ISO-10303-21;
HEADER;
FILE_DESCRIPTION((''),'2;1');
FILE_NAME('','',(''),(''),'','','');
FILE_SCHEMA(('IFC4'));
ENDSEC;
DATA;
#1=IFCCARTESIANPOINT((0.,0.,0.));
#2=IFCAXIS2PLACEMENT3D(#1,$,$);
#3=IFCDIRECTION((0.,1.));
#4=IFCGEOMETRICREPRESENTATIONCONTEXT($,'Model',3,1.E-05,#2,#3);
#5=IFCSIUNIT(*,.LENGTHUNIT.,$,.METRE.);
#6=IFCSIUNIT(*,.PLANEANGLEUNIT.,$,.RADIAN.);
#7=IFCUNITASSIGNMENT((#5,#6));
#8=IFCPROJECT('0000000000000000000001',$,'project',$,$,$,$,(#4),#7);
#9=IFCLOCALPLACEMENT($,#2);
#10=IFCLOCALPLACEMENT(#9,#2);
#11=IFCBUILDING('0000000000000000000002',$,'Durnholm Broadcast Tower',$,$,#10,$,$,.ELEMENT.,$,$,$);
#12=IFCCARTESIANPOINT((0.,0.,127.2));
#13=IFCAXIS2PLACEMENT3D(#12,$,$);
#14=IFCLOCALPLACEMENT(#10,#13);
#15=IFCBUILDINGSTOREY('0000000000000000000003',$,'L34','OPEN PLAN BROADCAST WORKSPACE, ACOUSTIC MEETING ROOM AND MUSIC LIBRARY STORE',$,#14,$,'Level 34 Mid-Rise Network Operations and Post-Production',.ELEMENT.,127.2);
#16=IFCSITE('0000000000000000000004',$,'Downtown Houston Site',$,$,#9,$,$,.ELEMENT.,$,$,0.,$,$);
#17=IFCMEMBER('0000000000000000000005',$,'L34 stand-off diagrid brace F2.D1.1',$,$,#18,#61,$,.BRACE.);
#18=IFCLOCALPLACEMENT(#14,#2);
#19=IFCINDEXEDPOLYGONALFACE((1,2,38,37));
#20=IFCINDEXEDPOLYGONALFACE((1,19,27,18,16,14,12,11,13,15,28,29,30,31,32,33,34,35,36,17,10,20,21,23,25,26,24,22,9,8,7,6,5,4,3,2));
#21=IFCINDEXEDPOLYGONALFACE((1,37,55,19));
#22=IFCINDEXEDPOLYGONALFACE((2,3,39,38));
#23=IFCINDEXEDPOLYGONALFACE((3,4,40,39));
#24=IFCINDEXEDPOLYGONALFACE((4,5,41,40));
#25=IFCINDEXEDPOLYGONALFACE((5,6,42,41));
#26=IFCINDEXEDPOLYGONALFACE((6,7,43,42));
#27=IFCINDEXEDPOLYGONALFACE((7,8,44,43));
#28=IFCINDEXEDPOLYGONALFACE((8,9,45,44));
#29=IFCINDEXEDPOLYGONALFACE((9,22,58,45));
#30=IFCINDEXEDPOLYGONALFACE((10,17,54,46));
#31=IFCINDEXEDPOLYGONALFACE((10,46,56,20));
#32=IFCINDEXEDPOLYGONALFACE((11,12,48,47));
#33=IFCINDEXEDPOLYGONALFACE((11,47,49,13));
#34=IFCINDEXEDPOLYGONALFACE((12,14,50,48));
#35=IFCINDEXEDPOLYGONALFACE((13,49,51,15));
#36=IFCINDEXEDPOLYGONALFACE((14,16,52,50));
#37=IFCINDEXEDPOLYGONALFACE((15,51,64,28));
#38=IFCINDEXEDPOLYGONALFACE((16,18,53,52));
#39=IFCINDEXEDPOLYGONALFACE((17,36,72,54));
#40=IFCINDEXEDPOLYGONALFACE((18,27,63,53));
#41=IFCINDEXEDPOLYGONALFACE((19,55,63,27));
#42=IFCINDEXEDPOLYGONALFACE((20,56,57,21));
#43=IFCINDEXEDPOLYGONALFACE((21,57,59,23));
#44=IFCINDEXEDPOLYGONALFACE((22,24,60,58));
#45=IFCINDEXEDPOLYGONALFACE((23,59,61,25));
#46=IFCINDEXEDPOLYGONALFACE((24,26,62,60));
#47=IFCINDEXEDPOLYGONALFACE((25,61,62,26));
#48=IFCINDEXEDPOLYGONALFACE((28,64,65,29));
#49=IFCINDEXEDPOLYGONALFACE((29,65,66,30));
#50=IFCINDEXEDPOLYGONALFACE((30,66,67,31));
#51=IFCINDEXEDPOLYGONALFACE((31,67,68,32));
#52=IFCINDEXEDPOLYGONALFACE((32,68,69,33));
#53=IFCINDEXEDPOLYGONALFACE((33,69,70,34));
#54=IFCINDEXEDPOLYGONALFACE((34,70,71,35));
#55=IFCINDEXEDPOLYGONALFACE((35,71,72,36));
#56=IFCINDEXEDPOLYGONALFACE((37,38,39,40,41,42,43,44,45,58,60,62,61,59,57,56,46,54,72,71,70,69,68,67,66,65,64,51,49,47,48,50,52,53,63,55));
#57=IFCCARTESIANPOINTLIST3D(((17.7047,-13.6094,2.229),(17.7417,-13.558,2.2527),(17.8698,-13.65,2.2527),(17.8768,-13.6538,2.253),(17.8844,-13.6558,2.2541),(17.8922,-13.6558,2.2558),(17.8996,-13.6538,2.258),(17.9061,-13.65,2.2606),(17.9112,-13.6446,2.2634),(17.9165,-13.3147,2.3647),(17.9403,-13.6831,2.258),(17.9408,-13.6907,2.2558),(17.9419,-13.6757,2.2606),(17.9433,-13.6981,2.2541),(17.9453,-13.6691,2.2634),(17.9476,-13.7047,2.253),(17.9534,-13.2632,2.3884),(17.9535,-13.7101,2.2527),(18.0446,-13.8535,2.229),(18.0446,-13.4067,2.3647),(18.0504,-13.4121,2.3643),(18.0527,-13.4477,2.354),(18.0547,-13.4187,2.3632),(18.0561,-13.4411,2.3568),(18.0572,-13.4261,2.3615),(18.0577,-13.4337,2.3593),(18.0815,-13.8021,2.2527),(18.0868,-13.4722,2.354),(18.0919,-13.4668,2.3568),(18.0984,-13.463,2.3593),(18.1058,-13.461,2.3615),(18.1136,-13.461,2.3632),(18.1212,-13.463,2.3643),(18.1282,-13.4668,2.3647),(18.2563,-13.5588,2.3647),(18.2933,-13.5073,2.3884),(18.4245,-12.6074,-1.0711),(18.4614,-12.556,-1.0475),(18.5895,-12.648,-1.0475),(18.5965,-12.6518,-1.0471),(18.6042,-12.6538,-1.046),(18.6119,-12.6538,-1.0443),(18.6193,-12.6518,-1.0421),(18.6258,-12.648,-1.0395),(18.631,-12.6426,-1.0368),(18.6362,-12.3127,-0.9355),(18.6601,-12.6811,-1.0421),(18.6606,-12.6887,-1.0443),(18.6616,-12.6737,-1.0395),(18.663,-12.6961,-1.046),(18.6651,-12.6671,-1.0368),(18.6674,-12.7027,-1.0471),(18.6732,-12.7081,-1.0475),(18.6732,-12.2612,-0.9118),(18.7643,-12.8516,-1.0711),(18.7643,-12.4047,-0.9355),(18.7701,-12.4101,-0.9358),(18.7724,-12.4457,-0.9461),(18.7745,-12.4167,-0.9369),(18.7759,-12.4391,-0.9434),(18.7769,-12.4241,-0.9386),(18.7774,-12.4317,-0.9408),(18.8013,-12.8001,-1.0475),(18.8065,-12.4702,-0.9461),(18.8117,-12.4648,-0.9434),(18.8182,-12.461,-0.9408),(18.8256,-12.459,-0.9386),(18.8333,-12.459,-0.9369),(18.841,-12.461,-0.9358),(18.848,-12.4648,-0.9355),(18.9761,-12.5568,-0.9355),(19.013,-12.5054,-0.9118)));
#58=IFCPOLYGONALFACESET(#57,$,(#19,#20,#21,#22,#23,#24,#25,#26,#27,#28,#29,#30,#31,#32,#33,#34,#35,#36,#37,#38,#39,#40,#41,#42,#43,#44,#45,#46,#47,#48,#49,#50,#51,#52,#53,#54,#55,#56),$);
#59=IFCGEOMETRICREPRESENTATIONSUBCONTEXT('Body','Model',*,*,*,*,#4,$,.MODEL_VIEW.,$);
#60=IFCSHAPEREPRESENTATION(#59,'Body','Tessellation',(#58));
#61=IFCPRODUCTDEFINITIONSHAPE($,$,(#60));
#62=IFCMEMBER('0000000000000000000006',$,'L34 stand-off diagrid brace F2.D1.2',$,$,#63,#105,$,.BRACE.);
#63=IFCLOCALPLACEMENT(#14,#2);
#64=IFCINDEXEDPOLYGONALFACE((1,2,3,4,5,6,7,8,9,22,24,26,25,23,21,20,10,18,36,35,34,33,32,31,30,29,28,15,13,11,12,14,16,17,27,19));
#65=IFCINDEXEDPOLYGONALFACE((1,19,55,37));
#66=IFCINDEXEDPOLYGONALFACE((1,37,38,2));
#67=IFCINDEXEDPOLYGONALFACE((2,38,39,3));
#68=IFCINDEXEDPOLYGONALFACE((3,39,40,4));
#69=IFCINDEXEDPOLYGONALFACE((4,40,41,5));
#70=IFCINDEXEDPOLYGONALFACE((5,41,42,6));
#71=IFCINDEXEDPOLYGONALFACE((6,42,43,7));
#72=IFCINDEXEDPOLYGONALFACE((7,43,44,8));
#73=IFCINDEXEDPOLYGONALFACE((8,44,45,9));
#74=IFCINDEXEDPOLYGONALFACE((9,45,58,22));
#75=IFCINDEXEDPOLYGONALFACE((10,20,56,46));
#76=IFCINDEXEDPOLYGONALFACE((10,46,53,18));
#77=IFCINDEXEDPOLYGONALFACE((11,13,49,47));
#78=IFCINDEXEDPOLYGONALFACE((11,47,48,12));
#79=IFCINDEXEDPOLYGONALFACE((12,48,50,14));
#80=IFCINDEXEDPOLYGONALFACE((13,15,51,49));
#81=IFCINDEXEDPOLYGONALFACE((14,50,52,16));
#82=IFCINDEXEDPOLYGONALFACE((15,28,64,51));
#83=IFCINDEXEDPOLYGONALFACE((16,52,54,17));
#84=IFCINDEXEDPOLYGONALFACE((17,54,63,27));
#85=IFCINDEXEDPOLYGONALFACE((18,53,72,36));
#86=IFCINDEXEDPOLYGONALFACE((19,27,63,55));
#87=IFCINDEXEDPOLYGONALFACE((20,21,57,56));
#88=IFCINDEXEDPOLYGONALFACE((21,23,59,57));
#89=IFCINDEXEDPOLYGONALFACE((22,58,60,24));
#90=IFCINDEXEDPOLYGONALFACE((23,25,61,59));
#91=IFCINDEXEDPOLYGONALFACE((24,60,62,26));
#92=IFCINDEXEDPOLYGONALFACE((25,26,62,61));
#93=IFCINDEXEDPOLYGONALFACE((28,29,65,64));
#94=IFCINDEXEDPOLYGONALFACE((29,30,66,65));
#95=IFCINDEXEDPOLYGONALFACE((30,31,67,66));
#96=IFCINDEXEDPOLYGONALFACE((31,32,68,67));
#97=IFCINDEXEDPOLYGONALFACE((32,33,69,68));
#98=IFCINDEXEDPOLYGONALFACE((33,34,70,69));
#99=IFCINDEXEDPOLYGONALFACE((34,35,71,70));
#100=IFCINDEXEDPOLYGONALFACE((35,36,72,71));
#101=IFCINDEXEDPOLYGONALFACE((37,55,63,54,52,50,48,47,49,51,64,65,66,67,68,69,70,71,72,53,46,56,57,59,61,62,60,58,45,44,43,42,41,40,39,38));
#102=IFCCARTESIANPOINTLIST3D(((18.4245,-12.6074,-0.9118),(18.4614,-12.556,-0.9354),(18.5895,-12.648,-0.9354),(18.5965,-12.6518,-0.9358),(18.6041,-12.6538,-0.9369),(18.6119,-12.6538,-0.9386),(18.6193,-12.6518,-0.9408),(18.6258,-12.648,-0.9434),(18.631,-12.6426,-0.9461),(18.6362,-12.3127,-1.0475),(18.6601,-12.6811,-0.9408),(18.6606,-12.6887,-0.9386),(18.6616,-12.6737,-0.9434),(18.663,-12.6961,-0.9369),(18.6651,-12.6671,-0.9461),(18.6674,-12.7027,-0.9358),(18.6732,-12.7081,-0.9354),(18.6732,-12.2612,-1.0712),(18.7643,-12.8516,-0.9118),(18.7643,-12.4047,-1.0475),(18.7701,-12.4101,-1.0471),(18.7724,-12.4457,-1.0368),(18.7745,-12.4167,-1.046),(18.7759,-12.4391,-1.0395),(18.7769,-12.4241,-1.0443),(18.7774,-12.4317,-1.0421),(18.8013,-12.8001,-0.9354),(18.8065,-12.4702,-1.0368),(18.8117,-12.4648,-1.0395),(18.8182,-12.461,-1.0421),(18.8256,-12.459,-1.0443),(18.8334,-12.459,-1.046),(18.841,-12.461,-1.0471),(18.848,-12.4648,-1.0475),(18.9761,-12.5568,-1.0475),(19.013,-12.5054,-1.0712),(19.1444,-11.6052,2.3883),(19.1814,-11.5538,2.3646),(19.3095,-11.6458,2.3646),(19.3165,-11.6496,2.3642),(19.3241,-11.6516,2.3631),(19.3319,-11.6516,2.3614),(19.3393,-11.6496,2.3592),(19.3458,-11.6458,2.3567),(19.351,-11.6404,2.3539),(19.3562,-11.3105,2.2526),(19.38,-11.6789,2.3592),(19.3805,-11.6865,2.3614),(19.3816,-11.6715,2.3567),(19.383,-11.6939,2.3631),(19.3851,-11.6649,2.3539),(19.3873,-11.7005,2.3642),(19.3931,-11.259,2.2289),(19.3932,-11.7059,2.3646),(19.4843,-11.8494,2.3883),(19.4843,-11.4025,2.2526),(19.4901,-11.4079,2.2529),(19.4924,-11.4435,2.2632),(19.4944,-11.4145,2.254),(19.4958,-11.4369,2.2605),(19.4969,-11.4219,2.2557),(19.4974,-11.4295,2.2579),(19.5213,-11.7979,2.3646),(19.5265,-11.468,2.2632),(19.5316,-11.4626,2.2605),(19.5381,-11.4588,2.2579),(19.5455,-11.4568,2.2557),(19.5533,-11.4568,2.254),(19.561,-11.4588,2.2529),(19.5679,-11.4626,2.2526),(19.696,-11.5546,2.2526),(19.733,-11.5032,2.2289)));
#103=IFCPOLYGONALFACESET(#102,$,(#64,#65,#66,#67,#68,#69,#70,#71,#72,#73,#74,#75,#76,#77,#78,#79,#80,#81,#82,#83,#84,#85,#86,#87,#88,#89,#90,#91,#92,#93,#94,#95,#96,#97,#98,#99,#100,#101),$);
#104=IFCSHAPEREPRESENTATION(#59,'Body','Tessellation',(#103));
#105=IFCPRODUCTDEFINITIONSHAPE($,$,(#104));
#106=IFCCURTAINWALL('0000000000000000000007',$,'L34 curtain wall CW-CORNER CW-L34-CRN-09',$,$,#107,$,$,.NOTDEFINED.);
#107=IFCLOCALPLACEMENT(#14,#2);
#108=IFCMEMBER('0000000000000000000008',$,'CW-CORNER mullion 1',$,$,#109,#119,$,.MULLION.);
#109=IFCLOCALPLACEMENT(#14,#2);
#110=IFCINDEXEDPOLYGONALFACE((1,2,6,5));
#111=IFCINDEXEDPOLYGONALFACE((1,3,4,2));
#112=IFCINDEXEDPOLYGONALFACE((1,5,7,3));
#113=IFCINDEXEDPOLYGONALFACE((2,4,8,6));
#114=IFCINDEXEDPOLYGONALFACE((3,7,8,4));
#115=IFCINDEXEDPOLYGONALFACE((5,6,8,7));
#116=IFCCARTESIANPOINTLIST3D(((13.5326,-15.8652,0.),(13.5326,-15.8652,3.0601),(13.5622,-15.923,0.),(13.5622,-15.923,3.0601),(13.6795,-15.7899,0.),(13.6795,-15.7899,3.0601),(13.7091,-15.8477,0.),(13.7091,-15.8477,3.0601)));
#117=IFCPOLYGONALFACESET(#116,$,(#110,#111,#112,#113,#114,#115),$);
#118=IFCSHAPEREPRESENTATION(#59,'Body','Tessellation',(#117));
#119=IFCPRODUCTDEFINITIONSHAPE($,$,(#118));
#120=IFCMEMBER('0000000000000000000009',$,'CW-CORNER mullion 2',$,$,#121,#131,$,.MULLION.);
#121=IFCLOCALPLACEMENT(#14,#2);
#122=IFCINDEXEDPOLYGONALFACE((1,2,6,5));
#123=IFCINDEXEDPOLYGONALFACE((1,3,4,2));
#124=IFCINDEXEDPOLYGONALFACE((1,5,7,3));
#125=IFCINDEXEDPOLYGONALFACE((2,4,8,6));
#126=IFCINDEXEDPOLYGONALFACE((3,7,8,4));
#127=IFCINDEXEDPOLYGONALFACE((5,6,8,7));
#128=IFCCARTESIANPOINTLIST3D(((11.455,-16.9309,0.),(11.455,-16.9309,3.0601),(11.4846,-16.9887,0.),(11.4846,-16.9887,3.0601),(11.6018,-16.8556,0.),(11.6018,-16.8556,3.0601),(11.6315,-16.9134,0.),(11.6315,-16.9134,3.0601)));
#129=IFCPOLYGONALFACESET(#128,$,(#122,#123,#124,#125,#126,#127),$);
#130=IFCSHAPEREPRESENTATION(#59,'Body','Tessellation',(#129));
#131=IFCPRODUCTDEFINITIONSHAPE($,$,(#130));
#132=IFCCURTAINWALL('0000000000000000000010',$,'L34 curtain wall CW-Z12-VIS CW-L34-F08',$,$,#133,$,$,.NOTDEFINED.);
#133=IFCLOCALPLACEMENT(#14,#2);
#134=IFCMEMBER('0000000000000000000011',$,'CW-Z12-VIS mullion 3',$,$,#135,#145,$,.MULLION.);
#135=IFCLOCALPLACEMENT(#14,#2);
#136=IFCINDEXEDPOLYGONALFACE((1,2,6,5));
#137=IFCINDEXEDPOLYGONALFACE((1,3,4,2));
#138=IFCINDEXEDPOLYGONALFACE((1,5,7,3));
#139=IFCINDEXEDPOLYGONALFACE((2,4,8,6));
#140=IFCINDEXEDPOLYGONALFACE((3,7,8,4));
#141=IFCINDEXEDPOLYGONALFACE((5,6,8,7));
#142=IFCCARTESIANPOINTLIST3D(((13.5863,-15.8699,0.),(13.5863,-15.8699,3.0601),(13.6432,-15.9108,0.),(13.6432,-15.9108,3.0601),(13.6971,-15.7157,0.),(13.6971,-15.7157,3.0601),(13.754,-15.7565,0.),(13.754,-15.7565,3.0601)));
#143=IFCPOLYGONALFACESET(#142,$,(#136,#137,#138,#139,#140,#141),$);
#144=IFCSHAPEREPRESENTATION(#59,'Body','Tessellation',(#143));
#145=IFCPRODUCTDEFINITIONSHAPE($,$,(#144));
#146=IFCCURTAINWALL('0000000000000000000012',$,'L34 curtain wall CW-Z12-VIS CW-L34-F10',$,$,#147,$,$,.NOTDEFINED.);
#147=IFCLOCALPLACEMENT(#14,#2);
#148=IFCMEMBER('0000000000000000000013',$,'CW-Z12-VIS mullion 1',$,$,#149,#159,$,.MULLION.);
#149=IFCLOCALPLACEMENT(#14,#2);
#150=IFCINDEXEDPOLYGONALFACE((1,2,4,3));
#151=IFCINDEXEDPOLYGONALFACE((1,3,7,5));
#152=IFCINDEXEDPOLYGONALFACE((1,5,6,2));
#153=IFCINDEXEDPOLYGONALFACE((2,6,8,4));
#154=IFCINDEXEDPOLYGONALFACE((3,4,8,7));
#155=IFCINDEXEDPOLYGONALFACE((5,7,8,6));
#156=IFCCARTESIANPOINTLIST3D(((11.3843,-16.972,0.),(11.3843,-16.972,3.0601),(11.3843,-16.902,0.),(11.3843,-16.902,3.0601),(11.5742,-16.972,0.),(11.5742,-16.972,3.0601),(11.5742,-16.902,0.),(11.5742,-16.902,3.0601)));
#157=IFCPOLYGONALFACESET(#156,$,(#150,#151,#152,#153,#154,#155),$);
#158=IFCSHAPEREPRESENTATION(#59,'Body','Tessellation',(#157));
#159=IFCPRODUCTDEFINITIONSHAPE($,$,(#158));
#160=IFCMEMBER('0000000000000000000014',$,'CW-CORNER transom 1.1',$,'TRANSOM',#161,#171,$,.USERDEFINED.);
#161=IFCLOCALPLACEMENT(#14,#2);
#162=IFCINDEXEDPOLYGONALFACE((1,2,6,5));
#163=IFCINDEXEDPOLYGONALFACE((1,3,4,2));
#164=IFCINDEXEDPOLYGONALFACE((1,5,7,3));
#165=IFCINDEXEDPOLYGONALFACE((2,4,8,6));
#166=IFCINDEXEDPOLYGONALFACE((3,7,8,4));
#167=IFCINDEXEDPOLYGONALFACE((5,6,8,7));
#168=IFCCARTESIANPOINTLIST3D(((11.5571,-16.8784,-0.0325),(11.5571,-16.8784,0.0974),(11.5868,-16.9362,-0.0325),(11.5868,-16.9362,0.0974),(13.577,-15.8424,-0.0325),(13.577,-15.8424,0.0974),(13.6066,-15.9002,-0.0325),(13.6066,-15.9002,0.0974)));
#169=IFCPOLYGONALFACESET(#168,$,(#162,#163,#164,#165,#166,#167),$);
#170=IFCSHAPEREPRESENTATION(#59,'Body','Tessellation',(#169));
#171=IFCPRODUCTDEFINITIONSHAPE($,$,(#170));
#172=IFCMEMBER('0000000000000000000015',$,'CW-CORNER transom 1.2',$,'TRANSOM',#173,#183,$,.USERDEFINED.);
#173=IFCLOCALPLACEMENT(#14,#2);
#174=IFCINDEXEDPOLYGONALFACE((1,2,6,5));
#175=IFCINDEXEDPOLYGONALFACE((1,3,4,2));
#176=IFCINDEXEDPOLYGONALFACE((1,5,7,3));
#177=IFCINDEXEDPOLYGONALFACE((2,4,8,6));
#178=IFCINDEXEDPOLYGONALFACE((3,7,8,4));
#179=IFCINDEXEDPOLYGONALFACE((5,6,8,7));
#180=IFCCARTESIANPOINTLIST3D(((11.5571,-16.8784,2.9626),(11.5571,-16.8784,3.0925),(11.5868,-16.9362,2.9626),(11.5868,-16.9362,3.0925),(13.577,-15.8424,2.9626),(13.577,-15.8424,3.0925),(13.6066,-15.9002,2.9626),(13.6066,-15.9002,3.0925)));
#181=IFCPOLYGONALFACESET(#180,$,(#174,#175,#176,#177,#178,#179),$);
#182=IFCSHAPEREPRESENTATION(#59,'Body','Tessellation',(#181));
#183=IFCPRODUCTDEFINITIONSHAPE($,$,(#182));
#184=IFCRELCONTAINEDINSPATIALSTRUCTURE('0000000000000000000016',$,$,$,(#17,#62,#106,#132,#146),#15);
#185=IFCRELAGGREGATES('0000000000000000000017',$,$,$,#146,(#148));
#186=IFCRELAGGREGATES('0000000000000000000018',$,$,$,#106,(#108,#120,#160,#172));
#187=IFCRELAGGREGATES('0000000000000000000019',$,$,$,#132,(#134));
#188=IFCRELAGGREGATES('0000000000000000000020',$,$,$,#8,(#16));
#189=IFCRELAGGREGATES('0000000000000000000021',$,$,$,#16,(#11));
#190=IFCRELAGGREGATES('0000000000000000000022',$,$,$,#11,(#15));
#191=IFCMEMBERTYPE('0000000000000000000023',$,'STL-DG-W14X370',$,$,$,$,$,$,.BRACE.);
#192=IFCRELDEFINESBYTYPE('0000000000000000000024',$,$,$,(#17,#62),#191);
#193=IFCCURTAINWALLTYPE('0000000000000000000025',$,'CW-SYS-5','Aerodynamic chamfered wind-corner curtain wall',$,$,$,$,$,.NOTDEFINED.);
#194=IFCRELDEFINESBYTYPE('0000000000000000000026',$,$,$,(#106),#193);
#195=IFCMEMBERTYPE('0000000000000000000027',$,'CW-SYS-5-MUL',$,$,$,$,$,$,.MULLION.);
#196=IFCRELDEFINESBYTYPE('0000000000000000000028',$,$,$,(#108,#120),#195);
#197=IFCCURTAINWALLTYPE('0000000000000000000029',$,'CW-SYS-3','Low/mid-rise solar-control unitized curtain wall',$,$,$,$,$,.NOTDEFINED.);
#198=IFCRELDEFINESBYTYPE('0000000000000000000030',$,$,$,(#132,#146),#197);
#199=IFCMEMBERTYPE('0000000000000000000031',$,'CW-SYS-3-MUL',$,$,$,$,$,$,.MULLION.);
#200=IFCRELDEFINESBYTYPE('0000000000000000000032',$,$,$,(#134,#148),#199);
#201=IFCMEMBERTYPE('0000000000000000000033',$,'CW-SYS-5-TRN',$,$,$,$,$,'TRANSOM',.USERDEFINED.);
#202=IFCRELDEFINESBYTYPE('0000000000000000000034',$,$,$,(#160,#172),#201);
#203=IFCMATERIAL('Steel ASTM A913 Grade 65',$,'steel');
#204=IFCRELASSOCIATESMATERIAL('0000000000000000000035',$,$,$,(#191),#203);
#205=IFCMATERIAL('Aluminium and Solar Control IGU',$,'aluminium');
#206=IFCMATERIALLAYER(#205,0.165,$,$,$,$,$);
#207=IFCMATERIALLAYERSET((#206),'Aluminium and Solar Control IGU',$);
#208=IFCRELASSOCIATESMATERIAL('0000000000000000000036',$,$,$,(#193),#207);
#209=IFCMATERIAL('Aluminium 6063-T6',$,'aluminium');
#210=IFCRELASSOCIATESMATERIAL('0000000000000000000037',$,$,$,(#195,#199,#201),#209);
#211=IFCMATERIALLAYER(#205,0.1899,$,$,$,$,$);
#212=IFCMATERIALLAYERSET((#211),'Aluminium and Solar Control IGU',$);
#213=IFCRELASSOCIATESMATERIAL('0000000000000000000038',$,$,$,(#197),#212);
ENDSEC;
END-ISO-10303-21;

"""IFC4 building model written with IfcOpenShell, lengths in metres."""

from ifc_helpers import new_model, si_unit, direction, frame, origin, origin_2d, place, context, subcontext, project, spatial, rectangle, i_section, extrude, source, transform, mapped, material, layer, layer_set, material_profile, profile_set, type_object, type_shapes, element, aggregate, save


model = new_model("IFC4")

# Units and contexts
model_context = context("Model", 3, precision=1e-05, world=origin(), true_north=direction((0.0, 1.0)))
body_context = subcontext(model_context, "Body", "Model", "MODEL_VIEW")
ifc_project = project(units=[si_unit("LENGTHUNIT", "METRE"), si_unit("PLANEANGLEUNIT", "RADIAN")], contexts=[model_context])

# Site, building, storey
site_placement = place(None, origin())
site = spatial("IfcSite", under=ifc_project, at=site_placement, Name="Downtown Houston Site", CompositionType="ELEMENT", RefElevation=0.0)
building_placement = place(site_placement, origin())
building = spatial("IfcBuilding", under=site, at=building_placement, Name="Durnholm Broadcast Tower", CompositionType="ELEMENT")
storey_placement = place(building_placement, frame((0.0, 0.0, 127.2)))
storey = spatial("IfcBuildingStorey", under=building, at=storey_placement, Name="L34", Description="OPEN PLAN BROADCAST WORKSPACE, ACOUSTIC MEETING ROOM AND MUSIC LIBRARY STORE", LongName="Level 34 Mid-Rise Network Operations and Post-Production", CompositionType="ELEMENT", Elevation=127.2)

# Members
ifc_material_1 = material(Name="Steel ASTM A913 Grade 65", Category="steel")
ifc_material_profile_1 = material_profile(ifc_material_1, i_section(OverallWidth=0.4185, OverallDepth=0.4551, WebThickness=0.042, FlangeThickness=0.0676, FilletRadius=0.0305, at=origin_2d()), Name="W14X370")
ifc_profile_set_1 = profile_set([ifc_material_profile_1], Name="Steel ASTM A913 Grade 65")
member_type_1 = type_object("IfcMemberType", Name="STL-DG-W14X370", PredefinedType="BRACE", material=ifc_profile_set_1)
shared_shape_1 = source(origin(), body_context, "Body", "SweptSolid", [
    extrude(i_section(OverallWidth=0.4185, OverallDepth=0.4551, WebThickness=0.042, FlangeThickness=0.0676, FilletRadius=0.0305, at=origin_2d()), origin(), (0.0, 0.0, 1.0), 3.5232),
])
type_shapes(member_type_1, [shared_shape_1])
for number, where, z_axis, x_axis, name in (
    (1, (18.7188, -12.5564, -0.9915), (-0.204288, -0.284395, 0.936689), (0.812179, -0.583408, 0.0), "L34 stand-off diagrid brace F2.D1.1"),
    (2, (18.7188, -12.5564, -0.9915), (0.20435, 0.284455, 0.936657), (-0.812153, 0.583444, 0.0), "L34 stand-off diagrid brace F2.D1.2"),
):
    element("IfcMember", number, at=place(storey_placement, frame(where, z_axis=z_axis, x_axis=x_axis)), inside=storey, type_object=member_type_1, Name=name, PredefinedType="BRACE", context=body_context, shape_type="MappedRepresentation", body=[
        mapped(shared_shape_1, transform((0.0, 0.0, 0.0), x_axis=(1.0, 0.0, 0.0), y_axis=(0.0, 1.0, 0.0), z_axis=(0.0, 0.0, 1.0), scale=1.0)),
    ])

# Curtain wall, members
ifc_material_2 = material(Name="Aluminium and Solar Control IGU", Category="aluminium")
ifc_layer_1 = layer(ifc_material_2, 0.165)
ifc_layer_set_1 = layer_set([ifc_layer_1], Name="Aluminium and Solar Control IGU")
curtain_wall_type_1 = type_object("IfcCurtainWallType", Name="CW-SYS-5", Description="Aerodynamic chamfered wind-corner curtain wall", PredefinedType="NOTDEFINED", material=ifc_layer_set_1)
curtain_wall_1_placement = place(storey_placement, origin())
curtain_wall_1 = element("IfcCurtainWall", 3, at=curtain_wall_1_placement, inside=storey, type_object=curtain_wall_type_1, Name="L34 curtain wall CW-CORNER CW-L34-CRN-09", PredefinedType="NOTDEFINED")
ifc_material_3 = material(Name="Aluminium 6063-T6", Category="aluminium")
ifc_material_profile_2 = material_profile(ifc_material_3, rectangle(XDim=0.0649, YDim=0.165, at=origin_2d()), Name="CWM65X165")
ifc_profile_set_2 = profile_set([ifc_material_profile_2], Name="Aluminium 6063-T6")
member_type_2 = type_object("IfcMemberType", Name="CW-SYS-5-MUL", PredefinedType="MULLION", material=ifc_profile_set_2)
shared_shape_2 = source(origin(), body_context, "Body", "SweptSolid", [
    extrude(rectangle(XDim=0.0649, YDim=0.165, at=origin_2d()), origin(), (0.0, 0.0, 1.0), 3.0601),
])
type_shapes(member_type_2, [shared_shape_2])
member_1_placement = place(storey_placement, frame((13.6208, -15.8564, 0.0), z_axis=(0.0, 0.0, 1.0), x_axis=(0.456373, -0.889788, 0.0)))
member_1 = element("IfcMember", 4, at=member_1_placement, type_object=member_type_2, Name="CW-CORNER mullion 1", PredefinedType="MULLION", context=body_context, shape_type="MappedRepresentation", body=[
    mapped(shared_shape_2, transform((0.0, 0.0, 0.0), x_axis=(1.0, 0.0, 0.0), y_axis=(0.0, 1.0, 0.0), z_axis=(0.0, 0.0, 1.0), scale=1.0)),
])
member_2_placement = place(storey_placement, frame((11.5432, -16.9221, 0.0), z_axis=(0.0, 0.0, 1.0), x_axis=(0.456373, -0.889788, 0.0)))
member_2 = element("IfcMember", 5, at=member_2_placement, type_object=member_type_2, Name="CW-CORNER mullion 2", PredefinedType="MULLION", context=body_context, shape_type="MappedRepresentation", body=[
    mapped(shared_shape_2, transform((0.0, 0.0, 0.0), x_axis=(1.0, 0.0, 0.0), y_axis=(0.0, 1.0, 0.0), z_axis=(0.0, 0.0, 1.0), scale=1.0)),
])

# Curtain walls, members
ifc_layer_2 = layer(ifc_material_2, 0.1899)
ifc_layer_set_2 = layer_set([ifc_layer_2], Name="Aluminium and Solar Control IGU")
curtain_wall_type_2 = type_object("IfcCurtainWallType", Name="CW-SYS-3", Description="Low/mid-rise solar-control unitized curtain wall", PredefinedType="NOTDEFINED", material=ifc_layer_set_2)
curtain_wall_2_placement = place(storey_placement, origin())
curtain_wall_2 = element("IfcCurtainWall", 6, at=curtain_wall_2_placement, inside=storey, type_object=curtain_wall_type_2, Name="L34 curtain wall CW-Z12-VIS CW-L34-F08", PredefinedType="NOTDEFINED")
ifc_material_profile_3 = material_profile(ifc_material_3, rectangle(XDim=0.0701, YDim=0.1899, at=origin_2d()), Name="CWM70X190")
ifc_profile_set_3 = profile_set([ifc_material_profile_3], Name="Aluminium 6063-T6")
member_type_3 = type_object("IfcMemberType", Name="CW-SYS-3-MUL", PredefinedType="MULLION", material=ifc_profile_set_3)
shared_shape_3 = source(origin(), body_context, "Body", "SweptSolid", [
    extrude(rectangle(XDim=0.0701, YDim=0.1899, at=origin_2d()), origin(), (0.0, 0.0, 1.0), 3.0601),
])
type_shapes(member_type_3, [shared_shape_3])
member_3_placement = place(storey_placement, frame((13.6702, -15.8132, 0.0), z_axis=(0.0, 0.0, 1.0), x_axis=(0.812152, -0.583445, 0.0)))
member_3 = element("IfcMember", 7, at=member_3_placement, type_object=member_type_3, Name="CW-Z12-VIS mullion 3", PredefinedType="MULLION", context=body_context, shape_type="MappedRepresentation", body=[
    mapped(shared_shape_3, transform((0.0, 0.0, 0.0), x_axis=(1.0, 0.0, 0.0), y_axis=(0.0, 1.0, 0.0), z_axis=(0.0, 0.0, 1.0), scale=1.0)),
])
curtain_wall_3_placement = place(storey_placement, origin())
curtain_wall_3 = element("IfcCurtainWall", 8, at=curtain_wall_3_placement, inside=storey, type_object=curtain_wall_type_2, Name="L34 curtain wall CW-Z12-VIS CW-L34-F10", PredefinedType="NOTDEFINED")
member_4_placement = place(storey_placement, frame((11.4792, -16.937, 0.0), z_axis=(0.0, 0.0, 1.0), x_axis=(0.0, -1.0, 0.0)))
member_4 = element("IfcMember", 9, at=member_4_placement, type_object=member_type_3, Name="CW-Z12-VIS mullion 1", PredefinedType="MULLION", context=body_context, shape_type="MappedRepresentation", body=[
    mapped(shared_shape_3, transform((0.0, 0.0, 0.0), x_axis=(1.0, 0.0, 0.0), y_axis=(0.0, 1.0, 0.0), z_axis=(0.0, 0.0, 1.0), scale=1.0)),
])

# Members
ifc_material_profile_4 = material_profile(ifc_material_3, rectangle(XDim=0.0649, YDim=0.1299, at=origin_2d()), Name="CWT65X130")
ifc_profile_set_4 = profile_set([ifc_material_profile_4], Name="Aluminium 6063-T6")
member_type_4 = type_object("IfcMemberType", Name="CW-SYS-5-TRN", ElementType="TRANSOM", PredefinedType="USERDEFINED", material=ifc_profile_set_4)
shared_shape_4 = source(origin(), body_context, "Body", "SweptSolid", [
    extrude(rectangle(XDim=0.0649, YDim=0.1299, at=origin_2d()), origin(), (0.0, 0.0, 1.0), 2.27),
])
type_shapes(member_type_4, [shared_shape_4])
member_5_placement = place(storey_placement, frame((13.5918, -15.8713, 0.0325), z_axis=(-0.889798, -0.456354, 0.0), x_axis=(0.456354, -0.889798, 0.0)))
member_5 = element("IfcMember", 10, at=member_5_placement, type_object=member_type_4, Name="CW-CORNER transom 1.1", ObjectType="TRANSOM", PredefinedType="USERDEFINED", context=body_context, shape_type="MappedRepresentation", body=[
    mapped(shared_shape_4, transform((0.0, 0.0, 0.0), x_axis=(1.0, 0.0, 0.0), y_axis=(0.0, 1.0, 0.0), z_axis=(0.0, 0.0, 1.0), scale=1.0)),
])
member_6_placement = place(storey_placement, frame((13.5918, -15.8713, 3.0276), z_axis=(-0.889798, -0.456354, 0.0), x_axis=(0.456354, -0.889798, 0.0)))
member_6 = element("IfcMember", 11, at=member_6_placement, type_object=member_type_4, Name="CW-CORNER transom 1.2", ObjectType="TRANSOM", PredefinedType="USERDEFINED", context=body_context, shape_type="MappedRepresentation", body=[
    mapped(shared_shape_4, transform((0.0, 0.0, 0.0), x_axis=(1.0, 0.0, 0.0), y_axis=(0.0, 1.0, 0.0), z_axis=(0.0, 0.0, 1.0), scale=1.0)),
])
aggregate(curtain_wall_3, [member_4])

aggregate(curtain_wall_1, [member_1, member_2, member_5, member_6])
aggregate(curtain_wall_2, [member_3])

save(model, "model.ifc")
